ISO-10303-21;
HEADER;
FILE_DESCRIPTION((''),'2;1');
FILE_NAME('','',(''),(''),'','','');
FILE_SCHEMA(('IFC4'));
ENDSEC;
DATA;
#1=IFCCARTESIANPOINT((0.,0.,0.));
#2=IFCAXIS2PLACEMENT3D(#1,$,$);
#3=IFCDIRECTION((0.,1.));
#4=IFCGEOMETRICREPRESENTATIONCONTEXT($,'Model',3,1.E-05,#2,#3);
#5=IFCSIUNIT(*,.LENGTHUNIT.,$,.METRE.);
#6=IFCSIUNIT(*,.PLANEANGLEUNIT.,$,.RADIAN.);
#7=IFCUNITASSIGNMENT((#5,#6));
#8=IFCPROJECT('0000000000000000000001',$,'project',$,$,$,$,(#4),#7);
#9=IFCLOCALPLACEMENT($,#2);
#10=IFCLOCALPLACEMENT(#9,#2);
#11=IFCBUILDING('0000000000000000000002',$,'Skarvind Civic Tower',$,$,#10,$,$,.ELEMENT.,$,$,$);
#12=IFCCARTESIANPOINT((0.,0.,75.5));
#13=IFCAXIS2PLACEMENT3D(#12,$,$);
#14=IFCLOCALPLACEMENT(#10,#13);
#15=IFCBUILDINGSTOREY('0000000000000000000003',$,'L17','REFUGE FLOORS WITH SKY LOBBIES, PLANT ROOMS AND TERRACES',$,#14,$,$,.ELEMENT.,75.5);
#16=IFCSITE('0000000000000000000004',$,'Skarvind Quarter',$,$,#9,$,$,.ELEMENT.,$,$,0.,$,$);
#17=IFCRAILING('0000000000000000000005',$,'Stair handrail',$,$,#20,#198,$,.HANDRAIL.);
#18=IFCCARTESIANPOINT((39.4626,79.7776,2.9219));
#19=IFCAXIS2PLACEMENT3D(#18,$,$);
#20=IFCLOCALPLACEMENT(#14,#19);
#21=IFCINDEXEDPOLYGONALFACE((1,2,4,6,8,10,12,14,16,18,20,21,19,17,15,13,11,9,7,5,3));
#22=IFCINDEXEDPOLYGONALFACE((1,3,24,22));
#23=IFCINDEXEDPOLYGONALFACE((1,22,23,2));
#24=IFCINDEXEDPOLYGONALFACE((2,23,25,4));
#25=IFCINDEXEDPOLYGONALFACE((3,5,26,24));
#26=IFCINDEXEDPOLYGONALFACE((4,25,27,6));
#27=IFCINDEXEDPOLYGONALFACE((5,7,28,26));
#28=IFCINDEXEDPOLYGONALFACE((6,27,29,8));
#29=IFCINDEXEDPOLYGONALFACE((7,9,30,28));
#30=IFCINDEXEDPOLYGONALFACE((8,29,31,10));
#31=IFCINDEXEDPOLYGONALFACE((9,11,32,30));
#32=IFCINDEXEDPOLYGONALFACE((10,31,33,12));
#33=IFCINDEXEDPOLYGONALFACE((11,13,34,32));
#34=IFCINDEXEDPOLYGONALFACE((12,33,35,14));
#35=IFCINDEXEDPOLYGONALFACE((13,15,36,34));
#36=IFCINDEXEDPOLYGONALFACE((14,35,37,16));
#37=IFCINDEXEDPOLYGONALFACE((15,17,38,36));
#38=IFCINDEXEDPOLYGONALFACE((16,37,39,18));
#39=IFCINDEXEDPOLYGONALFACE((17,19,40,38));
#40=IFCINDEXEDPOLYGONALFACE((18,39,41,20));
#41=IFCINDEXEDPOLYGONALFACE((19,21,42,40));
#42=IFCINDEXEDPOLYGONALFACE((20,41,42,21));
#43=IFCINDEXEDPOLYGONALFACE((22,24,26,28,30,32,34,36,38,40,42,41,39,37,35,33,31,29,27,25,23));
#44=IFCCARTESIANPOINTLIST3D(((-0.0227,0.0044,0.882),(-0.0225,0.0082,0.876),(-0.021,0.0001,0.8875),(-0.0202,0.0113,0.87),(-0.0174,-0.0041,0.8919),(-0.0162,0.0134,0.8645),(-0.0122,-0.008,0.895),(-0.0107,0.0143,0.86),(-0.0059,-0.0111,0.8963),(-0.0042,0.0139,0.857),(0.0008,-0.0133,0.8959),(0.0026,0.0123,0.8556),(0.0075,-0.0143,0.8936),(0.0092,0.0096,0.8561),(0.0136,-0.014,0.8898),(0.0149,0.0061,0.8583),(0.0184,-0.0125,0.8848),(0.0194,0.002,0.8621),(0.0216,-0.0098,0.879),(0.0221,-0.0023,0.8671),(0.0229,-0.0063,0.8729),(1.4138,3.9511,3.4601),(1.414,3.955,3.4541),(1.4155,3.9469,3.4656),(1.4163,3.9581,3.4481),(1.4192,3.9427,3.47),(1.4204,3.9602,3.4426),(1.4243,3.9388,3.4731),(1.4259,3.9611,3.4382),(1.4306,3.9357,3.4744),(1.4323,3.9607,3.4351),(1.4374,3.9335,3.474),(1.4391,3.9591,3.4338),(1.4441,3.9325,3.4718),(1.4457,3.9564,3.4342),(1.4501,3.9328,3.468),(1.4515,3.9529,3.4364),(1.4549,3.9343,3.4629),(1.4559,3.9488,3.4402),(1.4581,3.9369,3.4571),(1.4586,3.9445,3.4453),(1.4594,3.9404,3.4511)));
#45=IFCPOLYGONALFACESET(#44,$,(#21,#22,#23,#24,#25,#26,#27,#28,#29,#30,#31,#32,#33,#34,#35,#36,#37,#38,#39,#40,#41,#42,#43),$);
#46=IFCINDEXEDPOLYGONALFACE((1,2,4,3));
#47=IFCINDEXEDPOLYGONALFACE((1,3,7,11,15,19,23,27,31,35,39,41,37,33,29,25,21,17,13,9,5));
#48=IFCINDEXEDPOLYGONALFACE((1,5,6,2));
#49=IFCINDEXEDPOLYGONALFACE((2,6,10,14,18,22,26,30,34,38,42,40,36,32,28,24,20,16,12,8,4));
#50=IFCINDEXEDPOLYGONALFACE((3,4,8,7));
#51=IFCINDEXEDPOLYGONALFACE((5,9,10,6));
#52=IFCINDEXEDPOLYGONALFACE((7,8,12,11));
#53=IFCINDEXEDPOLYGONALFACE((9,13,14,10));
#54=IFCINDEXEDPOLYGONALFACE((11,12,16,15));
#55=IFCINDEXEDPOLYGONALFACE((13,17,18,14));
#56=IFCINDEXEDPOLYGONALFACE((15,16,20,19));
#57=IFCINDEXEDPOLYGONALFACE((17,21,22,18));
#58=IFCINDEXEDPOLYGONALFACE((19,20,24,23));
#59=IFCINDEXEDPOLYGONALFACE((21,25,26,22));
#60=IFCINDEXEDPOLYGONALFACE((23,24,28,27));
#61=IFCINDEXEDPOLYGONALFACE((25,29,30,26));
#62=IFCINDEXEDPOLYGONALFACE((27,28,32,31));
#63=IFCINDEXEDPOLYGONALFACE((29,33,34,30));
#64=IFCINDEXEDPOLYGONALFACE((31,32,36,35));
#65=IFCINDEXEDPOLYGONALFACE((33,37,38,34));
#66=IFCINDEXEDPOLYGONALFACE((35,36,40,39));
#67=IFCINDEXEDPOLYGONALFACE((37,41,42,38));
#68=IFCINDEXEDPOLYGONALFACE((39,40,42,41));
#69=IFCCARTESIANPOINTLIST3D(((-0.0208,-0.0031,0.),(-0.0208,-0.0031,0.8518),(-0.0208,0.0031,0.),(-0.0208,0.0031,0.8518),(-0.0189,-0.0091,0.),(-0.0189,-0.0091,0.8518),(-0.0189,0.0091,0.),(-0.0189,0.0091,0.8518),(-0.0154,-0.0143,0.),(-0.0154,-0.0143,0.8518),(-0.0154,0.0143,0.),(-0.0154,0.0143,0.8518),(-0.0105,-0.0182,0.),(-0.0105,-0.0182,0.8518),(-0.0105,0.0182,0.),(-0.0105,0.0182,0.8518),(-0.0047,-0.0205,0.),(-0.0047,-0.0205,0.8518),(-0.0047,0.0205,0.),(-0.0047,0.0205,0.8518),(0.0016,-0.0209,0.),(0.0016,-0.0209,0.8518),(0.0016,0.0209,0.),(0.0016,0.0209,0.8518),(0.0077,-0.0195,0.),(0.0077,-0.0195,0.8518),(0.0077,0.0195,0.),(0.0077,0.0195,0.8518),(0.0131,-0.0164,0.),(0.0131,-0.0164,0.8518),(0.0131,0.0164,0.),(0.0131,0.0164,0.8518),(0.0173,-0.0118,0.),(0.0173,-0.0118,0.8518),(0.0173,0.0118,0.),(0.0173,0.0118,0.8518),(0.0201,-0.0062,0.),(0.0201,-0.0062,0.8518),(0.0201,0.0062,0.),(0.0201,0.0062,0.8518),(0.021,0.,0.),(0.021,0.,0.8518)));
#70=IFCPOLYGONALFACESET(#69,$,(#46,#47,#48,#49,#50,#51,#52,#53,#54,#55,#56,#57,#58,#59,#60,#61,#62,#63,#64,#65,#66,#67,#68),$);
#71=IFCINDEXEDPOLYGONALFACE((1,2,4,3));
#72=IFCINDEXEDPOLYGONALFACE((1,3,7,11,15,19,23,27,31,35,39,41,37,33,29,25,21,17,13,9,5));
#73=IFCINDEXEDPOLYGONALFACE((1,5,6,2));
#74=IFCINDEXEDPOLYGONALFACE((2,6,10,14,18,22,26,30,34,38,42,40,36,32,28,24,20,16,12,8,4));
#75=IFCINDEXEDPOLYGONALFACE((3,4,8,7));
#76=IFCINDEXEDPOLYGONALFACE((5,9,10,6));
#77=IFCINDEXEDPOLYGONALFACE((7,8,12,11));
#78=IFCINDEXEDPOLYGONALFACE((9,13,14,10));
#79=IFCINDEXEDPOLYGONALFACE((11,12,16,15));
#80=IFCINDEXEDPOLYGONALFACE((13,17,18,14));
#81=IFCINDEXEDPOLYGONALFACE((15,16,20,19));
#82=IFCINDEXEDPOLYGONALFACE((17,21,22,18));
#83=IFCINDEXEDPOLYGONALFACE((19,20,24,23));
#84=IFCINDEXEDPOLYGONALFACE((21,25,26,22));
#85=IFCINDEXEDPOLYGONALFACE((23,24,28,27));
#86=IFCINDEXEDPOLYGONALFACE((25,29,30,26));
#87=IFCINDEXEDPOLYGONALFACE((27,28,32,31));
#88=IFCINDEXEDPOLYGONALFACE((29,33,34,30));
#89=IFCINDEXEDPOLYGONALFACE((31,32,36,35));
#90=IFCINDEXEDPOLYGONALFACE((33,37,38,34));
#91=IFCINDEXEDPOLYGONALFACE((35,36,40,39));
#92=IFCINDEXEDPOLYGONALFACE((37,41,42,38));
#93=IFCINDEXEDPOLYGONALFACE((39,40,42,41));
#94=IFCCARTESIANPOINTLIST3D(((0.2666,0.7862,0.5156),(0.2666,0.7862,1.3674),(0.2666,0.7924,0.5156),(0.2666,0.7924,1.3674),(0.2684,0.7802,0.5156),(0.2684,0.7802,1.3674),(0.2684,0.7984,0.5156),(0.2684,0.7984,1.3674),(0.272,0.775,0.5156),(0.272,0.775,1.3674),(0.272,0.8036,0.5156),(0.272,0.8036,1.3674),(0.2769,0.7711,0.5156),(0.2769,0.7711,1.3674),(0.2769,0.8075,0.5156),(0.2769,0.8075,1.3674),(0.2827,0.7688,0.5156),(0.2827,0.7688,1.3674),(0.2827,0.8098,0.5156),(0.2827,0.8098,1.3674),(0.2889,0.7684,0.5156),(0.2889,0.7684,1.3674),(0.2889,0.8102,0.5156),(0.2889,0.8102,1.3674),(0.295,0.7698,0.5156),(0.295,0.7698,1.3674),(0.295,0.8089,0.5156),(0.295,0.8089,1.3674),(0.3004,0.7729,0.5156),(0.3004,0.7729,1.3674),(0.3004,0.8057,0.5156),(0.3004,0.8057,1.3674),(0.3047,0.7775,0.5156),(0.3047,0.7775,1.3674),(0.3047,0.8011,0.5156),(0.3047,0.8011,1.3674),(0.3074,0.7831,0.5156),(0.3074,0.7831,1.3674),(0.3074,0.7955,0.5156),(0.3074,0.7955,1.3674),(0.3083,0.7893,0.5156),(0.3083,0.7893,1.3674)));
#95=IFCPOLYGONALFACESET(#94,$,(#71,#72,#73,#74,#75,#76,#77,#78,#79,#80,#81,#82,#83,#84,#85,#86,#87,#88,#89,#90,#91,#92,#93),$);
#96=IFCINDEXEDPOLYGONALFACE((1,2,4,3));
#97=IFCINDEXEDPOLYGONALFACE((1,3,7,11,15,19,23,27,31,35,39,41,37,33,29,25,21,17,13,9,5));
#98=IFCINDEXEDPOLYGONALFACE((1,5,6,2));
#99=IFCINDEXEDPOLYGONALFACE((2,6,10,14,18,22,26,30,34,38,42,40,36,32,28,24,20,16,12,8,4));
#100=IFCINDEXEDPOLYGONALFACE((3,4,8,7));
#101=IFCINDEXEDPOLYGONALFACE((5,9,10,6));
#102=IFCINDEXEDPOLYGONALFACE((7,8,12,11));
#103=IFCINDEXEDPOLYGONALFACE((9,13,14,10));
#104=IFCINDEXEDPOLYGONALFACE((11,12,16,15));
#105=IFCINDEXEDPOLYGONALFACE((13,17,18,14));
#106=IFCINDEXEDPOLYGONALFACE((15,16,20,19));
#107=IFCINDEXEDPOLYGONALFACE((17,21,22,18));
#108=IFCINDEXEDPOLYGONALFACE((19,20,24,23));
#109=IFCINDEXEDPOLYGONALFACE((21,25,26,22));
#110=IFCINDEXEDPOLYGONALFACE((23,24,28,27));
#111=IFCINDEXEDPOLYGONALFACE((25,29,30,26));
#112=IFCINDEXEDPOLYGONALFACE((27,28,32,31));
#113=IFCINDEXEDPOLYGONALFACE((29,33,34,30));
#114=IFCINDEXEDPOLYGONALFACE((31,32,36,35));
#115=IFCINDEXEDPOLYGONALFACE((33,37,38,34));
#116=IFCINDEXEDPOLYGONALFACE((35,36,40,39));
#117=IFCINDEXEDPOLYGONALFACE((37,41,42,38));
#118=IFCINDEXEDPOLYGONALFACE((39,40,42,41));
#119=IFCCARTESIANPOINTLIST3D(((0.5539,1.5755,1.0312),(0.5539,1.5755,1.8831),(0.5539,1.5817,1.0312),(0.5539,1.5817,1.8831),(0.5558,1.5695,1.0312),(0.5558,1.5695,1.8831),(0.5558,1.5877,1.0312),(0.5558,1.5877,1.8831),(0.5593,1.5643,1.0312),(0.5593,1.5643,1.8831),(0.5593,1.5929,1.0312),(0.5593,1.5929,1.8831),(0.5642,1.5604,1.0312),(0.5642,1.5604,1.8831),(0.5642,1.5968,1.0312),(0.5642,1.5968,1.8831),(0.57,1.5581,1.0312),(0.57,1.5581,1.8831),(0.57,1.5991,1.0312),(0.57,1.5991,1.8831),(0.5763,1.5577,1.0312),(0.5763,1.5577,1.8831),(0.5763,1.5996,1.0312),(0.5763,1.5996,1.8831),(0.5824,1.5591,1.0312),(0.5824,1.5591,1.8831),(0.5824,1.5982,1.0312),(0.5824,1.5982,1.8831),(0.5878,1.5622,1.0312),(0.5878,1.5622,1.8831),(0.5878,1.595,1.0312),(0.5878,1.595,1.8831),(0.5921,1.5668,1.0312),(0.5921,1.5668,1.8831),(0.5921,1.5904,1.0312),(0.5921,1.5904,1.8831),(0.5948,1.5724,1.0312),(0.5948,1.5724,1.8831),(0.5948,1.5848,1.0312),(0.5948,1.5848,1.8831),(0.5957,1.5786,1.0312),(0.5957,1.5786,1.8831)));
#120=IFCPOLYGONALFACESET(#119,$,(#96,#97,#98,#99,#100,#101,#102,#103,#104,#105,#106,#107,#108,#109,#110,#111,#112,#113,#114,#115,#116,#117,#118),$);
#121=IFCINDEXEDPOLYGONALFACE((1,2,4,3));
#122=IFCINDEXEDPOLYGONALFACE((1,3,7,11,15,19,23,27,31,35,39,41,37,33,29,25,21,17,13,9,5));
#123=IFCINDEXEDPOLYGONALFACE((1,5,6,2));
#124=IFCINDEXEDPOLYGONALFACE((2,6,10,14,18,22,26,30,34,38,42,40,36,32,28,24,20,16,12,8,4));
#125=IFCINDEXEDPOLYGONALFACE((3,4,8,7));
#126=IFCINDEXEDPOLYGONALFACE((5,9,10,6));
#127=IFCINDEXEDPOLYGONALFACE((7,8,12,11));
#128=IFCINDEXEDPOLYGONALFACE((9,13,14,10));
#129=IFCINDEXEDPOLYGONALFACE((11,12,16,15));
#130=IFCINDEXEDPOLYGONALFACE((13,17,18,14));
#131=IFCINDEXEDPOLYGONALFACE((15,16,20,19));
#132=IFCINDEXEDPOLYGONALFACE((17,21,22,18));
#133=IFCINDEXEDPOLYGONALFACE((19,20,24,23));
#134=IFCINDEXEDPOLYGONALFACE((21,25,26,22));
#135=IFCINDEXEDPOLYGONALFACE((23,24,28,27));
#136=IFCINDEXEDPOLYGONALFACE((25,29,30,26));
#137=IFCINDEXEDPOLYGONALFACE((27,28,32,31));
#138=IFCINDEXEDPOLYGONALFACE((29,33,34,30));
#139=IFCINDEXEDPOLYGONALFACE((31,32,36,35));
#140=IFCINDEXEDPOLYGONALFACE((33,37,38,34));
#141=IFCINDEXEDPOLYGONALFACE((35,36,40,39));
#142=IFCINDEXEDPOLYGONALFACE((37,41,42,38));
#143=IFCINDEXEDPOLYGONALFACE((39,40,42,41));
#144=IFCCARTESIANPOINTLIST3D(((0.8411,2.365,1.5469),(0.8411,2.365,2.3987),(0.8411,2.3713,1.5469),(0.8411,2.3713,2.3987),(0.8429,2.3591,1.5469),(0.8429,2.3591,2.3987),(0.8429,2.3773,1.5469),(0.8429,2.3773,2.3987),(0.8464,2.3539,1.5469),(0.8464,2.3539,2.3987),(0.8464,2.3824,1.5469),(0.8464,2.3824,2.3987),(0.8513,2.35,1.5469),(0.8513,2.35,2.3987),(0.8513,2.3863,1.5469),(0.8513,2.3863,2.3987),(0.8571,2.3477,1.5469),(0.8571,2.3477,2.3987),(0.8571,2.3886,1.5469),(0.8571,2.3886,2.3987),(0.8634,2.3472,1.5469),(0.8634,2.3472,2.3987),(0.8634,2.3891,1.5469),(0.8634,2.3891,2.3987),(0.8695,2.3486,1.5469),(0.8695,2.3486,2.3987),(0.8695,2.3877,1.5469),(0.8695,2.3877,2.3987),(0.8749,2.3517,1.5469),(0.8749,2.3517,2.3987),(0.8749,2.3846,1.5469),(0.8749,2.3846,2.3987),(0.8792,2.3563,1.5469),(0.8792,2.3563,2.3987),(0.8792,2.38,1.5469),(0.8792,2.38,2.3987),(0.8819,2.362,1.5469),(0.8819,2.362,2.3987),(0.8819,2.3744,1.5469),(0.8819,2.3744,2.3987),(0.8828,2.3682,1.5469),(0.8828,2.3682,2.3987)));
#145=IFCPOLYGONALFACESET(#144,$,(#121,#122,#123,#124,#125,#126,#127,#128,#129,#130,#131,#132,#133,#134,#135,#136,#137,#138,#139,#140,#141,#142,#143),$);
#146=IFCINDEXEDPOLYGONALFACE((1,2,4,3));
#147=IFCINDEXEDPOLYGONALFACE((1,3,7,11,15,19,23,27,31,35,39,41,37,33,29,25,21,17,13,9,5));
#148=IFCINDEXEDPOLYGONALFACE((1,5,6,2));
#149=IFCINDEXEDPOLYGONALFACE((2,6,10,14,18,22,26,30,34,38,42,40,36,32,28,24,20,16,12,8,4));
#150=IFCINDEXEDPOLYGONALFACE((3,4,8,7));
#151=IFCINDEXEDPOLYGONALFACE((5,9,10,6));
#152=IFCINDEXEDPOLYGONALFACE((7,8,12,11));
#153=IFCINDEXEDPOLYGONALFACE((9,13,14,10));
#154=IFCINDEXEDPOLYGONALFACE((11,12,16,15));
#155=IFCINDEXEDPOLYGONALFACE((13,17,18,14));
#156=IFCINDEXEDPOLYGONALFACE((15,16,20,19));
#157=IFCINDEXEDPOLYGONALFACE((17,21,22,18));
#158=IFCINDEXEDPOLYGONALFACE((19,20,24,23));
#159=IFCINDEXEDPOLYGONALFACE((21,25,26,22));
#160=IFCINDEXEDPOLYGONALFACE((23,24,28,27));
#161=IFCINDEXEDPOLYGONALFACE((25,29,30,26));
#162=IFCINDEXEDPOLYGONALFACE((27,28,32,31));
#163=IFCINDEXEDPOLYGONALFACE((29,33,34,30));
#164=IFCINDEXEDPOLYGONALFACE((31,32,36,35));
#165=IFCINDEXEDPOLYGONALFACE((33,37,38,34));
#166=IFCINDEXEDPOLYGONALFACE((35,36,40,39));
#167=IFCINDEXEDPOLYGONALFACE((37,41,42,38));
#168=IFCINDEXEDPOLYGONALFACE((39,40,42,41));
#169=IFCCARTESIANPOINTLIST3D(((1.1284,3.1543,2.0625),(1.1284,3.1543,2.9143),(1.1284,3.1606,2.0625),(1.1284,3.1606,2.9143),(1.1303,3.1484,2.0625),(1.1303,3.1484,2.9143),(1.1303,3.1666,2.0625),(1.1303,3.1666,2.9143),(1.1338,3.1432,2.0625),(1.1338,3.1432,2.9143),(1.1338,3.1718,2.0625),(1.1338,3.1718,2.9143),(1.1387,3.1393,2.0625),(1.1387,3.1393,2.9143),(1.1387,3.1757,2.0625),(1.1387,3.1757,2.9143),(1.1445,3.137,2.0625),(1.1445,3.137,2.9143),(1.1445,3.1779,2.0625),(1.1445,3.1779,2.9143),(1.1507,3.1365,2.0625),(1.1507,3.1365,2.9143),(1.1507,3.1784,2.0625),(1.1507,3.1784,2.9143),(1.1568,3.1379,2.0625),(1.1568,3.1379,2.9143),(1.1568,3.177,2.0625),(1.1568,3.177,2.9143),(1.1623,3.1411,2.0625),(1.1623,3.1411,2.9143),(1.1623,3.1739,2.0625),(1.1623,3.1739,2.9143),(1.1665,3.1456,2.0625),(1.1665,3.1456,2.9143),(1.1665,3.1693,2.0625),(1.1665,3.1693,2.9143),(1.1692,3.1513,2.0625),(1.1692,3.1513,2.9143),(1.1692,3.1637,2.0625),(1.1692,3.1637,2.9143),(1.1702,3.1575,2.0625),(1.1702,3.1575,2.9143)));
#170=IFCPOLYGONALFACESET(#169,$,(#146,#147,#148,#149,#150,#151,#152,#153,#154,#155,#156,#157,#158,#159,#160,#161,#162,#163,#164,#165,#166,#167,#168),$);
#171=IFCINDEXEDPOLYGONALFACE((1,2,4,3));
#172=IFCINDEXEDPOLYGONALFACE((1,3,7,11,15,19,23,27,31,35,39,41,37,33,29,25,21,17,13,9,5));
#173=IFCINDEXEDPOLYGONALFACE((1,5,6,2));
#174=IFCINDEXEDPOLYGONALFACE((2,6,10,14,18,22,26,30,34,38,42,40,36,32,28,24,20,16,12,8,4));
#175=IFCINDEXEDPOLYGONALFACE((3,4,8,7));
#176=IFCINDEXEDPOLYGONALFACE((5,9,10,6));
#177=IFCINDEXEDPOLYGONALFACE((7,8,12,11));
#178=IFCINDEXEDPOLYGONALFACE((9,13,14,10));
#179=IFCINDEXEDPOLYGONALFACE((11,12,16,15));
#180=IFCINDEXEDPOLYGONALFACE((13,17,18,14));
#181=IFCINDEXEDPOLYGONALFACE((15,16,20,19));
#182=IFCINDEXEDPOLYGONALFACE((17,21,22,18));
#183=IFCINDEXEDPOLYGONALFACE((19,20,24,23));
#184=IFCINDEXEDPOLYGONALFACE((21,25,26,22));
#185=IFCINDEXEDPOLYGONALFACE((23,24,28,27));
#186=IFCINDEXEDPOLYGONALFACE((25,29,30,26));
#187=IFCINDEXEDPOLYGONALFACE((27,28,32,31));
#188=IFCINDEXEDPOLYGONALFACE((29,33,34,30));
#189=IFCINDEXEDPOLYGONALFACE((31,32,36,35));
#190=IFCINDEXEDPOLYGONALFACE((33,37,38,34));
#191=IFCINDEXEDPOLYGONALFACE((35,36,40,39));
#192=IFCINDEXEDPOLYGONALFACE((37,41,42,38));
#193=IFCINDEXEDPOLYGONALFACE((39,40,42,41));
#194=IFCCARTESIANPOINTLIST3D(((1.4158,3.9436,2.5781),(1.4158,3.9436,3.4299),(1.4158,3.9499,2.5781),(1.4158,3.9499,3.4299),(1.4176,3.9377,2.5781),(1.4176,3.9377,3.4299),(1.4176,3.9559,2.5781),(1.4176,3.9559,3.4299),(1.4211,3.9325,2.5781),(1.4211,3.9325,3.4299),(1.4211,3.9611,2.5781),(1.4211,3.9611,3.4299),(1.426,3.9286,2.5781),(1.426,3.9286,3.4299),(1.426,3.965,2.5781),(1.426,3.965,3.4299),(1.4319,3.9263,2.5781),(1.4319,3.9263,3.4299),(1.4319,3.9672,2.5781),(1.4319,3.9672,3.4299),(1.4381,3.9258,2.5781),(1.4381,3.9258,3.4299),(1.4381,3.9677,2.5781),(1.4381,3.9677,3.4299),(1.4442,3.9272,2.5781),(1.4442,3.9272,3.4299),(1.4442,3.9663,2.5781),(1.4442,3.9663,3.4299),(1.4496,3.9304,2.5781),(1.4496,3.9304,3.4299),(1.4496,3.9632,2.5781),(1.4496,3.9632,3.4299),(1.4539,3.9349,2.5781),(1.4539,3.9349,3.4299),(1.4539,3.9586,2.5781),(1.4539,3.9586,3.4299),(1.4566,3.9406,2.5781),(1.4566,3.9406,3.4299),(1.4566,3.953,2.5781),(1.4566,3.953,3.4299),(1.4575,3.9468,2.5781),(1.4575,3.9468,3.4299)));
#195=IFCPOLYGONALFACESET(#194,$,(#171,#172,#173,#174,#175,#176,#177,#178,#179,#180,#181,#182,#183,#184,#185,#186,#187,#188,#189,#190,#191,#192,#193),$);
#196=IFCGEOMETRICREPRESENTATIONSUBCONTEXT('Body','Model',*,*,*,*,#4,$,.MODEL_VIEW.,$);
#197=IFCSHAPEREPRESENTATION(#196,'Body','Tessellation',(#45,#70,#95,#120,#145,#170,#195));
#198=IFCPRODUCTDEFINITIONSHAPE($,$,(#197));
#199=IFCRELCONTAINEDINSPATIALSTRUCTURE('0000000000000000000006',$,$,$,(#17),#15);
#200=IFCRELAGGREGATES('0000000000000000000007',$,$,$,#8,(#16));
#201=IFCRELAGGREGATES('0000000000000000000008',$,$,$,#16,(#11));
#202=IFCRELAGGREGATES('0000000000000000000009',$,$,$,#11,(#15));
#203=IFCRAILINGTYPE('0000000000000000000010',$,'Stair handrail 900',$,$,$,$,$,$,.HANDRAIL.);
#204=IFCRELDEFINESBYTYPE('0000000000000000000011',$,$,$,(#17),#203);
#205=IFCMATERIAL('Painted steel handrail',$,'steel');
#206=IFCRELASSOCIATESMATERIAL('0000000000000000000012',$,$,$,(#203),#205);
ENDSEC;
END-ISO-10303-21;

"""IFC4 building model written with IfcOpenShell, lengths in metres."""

from ifc_helpers import new_model, si_unit, direction, frame, origin, origin_2d, place, context, subcontext, project, spatial, circle, extrude, material, type_object, element, save


model = new_model("IFC4")

# Units and contexts
model_context = context("Model", 3, precision=1e-05, world=origin(), true_north=direction((0.0, 1.0)))
body_context = subcontext(model_context, "Body", "Model", "MODEL_VIEW")
ifc_project = project(units=[si_unit("LENGTHUNIT", "METRE"), si_unit("PLANEANGLEUNIT", "RADIAN")], contexts=[model_context])

# Site, building, storey
site_placement = place(None, origin())
site = spatial("IfcSite", under=ifc_project, at=site_placement, Name="Skarvind Quarter", CompositionType="ELEMENT", RefElevation=0.0)
building_placement = place(site_placement, origin())
building = spatial("IfcBuilding", under=site, at=building_placement, Name="Skarvind Civic Tower", CompositionType="ELEMENT")
storey_placement = place(building_placement, frame((0.0, 0.0, 75.5)))
storey = spatial("IfcBuildingStorey", under=building, at=storey_placement, Name="L17", Description="REFUGE FLOORS WITH SKY LOBBIES, PLANT ROOMS AND TERRACES", CompositionType="ELEMENT", Elevation=75.5)

# Railing
ifc_material_1 = material(Name="Painted steel handrail", Category="steel")
railing_type = type_object("IfcRailingType", Name="Stair handrail 900", PredefinedType="HANDRAIL", material=ifc_material_1)
railing_1_placement = place(storey_placement, frame((39.4626, 79.7776, 2.9219)))
element("IfcRailing", 1, at=railing_1_placement, inside=storey, type_object=railing_type, Name="Stair handrail", PredefinedType="HANDRAIL", context=body_context, shape_type="SweptSolid", body=[
    extrude(circle(Radius=0.0239, at=origin_2d()), frame((0.0, 0.0, 0.876), z_axis=(0.291489, 0.800852, 0.523135), x_axis=(-0.939692, 0.342023, 0.0)), (0.0, 0.0, 1.0), 4.9282),
    extrude(circle(Radius=0.021, at=origin_2d()), origin(), (0.0, 0.0, 1.0), 0.8518),
    extrude(circle(Radius=0.021, at=origin_2d()), frame((0.2874, 0.7893, 0.5156)), (0.0, 0.0, 1.0), 0.8518),
    extrude(circle(Radius=0.021, at=origin_2d()), frame((0.5747, 1.5786, 1.0312)), (0.0, 0.0, 1.0), 0.8518),
    extrude(circle(Radius=0.021, at=origin_2d()), frame((0.8618, 2.3682, 1.5469)), (0.0, 0.0, 1.0), 0.8518),
    extrude(circle(Radius=0.021, at=origin_2d()), frame((1.1492, 3.1575, 2.0625)), (0.0, 0.0, 1.0), 0.8518),
    extrude(circle(Radius=0.021, at=origin_2d()), frame((1.4365, 3.9468, 2.5781)), (0.0, 0.0, 1.0), 0.8518),
])

save(model, "model.ifc")
